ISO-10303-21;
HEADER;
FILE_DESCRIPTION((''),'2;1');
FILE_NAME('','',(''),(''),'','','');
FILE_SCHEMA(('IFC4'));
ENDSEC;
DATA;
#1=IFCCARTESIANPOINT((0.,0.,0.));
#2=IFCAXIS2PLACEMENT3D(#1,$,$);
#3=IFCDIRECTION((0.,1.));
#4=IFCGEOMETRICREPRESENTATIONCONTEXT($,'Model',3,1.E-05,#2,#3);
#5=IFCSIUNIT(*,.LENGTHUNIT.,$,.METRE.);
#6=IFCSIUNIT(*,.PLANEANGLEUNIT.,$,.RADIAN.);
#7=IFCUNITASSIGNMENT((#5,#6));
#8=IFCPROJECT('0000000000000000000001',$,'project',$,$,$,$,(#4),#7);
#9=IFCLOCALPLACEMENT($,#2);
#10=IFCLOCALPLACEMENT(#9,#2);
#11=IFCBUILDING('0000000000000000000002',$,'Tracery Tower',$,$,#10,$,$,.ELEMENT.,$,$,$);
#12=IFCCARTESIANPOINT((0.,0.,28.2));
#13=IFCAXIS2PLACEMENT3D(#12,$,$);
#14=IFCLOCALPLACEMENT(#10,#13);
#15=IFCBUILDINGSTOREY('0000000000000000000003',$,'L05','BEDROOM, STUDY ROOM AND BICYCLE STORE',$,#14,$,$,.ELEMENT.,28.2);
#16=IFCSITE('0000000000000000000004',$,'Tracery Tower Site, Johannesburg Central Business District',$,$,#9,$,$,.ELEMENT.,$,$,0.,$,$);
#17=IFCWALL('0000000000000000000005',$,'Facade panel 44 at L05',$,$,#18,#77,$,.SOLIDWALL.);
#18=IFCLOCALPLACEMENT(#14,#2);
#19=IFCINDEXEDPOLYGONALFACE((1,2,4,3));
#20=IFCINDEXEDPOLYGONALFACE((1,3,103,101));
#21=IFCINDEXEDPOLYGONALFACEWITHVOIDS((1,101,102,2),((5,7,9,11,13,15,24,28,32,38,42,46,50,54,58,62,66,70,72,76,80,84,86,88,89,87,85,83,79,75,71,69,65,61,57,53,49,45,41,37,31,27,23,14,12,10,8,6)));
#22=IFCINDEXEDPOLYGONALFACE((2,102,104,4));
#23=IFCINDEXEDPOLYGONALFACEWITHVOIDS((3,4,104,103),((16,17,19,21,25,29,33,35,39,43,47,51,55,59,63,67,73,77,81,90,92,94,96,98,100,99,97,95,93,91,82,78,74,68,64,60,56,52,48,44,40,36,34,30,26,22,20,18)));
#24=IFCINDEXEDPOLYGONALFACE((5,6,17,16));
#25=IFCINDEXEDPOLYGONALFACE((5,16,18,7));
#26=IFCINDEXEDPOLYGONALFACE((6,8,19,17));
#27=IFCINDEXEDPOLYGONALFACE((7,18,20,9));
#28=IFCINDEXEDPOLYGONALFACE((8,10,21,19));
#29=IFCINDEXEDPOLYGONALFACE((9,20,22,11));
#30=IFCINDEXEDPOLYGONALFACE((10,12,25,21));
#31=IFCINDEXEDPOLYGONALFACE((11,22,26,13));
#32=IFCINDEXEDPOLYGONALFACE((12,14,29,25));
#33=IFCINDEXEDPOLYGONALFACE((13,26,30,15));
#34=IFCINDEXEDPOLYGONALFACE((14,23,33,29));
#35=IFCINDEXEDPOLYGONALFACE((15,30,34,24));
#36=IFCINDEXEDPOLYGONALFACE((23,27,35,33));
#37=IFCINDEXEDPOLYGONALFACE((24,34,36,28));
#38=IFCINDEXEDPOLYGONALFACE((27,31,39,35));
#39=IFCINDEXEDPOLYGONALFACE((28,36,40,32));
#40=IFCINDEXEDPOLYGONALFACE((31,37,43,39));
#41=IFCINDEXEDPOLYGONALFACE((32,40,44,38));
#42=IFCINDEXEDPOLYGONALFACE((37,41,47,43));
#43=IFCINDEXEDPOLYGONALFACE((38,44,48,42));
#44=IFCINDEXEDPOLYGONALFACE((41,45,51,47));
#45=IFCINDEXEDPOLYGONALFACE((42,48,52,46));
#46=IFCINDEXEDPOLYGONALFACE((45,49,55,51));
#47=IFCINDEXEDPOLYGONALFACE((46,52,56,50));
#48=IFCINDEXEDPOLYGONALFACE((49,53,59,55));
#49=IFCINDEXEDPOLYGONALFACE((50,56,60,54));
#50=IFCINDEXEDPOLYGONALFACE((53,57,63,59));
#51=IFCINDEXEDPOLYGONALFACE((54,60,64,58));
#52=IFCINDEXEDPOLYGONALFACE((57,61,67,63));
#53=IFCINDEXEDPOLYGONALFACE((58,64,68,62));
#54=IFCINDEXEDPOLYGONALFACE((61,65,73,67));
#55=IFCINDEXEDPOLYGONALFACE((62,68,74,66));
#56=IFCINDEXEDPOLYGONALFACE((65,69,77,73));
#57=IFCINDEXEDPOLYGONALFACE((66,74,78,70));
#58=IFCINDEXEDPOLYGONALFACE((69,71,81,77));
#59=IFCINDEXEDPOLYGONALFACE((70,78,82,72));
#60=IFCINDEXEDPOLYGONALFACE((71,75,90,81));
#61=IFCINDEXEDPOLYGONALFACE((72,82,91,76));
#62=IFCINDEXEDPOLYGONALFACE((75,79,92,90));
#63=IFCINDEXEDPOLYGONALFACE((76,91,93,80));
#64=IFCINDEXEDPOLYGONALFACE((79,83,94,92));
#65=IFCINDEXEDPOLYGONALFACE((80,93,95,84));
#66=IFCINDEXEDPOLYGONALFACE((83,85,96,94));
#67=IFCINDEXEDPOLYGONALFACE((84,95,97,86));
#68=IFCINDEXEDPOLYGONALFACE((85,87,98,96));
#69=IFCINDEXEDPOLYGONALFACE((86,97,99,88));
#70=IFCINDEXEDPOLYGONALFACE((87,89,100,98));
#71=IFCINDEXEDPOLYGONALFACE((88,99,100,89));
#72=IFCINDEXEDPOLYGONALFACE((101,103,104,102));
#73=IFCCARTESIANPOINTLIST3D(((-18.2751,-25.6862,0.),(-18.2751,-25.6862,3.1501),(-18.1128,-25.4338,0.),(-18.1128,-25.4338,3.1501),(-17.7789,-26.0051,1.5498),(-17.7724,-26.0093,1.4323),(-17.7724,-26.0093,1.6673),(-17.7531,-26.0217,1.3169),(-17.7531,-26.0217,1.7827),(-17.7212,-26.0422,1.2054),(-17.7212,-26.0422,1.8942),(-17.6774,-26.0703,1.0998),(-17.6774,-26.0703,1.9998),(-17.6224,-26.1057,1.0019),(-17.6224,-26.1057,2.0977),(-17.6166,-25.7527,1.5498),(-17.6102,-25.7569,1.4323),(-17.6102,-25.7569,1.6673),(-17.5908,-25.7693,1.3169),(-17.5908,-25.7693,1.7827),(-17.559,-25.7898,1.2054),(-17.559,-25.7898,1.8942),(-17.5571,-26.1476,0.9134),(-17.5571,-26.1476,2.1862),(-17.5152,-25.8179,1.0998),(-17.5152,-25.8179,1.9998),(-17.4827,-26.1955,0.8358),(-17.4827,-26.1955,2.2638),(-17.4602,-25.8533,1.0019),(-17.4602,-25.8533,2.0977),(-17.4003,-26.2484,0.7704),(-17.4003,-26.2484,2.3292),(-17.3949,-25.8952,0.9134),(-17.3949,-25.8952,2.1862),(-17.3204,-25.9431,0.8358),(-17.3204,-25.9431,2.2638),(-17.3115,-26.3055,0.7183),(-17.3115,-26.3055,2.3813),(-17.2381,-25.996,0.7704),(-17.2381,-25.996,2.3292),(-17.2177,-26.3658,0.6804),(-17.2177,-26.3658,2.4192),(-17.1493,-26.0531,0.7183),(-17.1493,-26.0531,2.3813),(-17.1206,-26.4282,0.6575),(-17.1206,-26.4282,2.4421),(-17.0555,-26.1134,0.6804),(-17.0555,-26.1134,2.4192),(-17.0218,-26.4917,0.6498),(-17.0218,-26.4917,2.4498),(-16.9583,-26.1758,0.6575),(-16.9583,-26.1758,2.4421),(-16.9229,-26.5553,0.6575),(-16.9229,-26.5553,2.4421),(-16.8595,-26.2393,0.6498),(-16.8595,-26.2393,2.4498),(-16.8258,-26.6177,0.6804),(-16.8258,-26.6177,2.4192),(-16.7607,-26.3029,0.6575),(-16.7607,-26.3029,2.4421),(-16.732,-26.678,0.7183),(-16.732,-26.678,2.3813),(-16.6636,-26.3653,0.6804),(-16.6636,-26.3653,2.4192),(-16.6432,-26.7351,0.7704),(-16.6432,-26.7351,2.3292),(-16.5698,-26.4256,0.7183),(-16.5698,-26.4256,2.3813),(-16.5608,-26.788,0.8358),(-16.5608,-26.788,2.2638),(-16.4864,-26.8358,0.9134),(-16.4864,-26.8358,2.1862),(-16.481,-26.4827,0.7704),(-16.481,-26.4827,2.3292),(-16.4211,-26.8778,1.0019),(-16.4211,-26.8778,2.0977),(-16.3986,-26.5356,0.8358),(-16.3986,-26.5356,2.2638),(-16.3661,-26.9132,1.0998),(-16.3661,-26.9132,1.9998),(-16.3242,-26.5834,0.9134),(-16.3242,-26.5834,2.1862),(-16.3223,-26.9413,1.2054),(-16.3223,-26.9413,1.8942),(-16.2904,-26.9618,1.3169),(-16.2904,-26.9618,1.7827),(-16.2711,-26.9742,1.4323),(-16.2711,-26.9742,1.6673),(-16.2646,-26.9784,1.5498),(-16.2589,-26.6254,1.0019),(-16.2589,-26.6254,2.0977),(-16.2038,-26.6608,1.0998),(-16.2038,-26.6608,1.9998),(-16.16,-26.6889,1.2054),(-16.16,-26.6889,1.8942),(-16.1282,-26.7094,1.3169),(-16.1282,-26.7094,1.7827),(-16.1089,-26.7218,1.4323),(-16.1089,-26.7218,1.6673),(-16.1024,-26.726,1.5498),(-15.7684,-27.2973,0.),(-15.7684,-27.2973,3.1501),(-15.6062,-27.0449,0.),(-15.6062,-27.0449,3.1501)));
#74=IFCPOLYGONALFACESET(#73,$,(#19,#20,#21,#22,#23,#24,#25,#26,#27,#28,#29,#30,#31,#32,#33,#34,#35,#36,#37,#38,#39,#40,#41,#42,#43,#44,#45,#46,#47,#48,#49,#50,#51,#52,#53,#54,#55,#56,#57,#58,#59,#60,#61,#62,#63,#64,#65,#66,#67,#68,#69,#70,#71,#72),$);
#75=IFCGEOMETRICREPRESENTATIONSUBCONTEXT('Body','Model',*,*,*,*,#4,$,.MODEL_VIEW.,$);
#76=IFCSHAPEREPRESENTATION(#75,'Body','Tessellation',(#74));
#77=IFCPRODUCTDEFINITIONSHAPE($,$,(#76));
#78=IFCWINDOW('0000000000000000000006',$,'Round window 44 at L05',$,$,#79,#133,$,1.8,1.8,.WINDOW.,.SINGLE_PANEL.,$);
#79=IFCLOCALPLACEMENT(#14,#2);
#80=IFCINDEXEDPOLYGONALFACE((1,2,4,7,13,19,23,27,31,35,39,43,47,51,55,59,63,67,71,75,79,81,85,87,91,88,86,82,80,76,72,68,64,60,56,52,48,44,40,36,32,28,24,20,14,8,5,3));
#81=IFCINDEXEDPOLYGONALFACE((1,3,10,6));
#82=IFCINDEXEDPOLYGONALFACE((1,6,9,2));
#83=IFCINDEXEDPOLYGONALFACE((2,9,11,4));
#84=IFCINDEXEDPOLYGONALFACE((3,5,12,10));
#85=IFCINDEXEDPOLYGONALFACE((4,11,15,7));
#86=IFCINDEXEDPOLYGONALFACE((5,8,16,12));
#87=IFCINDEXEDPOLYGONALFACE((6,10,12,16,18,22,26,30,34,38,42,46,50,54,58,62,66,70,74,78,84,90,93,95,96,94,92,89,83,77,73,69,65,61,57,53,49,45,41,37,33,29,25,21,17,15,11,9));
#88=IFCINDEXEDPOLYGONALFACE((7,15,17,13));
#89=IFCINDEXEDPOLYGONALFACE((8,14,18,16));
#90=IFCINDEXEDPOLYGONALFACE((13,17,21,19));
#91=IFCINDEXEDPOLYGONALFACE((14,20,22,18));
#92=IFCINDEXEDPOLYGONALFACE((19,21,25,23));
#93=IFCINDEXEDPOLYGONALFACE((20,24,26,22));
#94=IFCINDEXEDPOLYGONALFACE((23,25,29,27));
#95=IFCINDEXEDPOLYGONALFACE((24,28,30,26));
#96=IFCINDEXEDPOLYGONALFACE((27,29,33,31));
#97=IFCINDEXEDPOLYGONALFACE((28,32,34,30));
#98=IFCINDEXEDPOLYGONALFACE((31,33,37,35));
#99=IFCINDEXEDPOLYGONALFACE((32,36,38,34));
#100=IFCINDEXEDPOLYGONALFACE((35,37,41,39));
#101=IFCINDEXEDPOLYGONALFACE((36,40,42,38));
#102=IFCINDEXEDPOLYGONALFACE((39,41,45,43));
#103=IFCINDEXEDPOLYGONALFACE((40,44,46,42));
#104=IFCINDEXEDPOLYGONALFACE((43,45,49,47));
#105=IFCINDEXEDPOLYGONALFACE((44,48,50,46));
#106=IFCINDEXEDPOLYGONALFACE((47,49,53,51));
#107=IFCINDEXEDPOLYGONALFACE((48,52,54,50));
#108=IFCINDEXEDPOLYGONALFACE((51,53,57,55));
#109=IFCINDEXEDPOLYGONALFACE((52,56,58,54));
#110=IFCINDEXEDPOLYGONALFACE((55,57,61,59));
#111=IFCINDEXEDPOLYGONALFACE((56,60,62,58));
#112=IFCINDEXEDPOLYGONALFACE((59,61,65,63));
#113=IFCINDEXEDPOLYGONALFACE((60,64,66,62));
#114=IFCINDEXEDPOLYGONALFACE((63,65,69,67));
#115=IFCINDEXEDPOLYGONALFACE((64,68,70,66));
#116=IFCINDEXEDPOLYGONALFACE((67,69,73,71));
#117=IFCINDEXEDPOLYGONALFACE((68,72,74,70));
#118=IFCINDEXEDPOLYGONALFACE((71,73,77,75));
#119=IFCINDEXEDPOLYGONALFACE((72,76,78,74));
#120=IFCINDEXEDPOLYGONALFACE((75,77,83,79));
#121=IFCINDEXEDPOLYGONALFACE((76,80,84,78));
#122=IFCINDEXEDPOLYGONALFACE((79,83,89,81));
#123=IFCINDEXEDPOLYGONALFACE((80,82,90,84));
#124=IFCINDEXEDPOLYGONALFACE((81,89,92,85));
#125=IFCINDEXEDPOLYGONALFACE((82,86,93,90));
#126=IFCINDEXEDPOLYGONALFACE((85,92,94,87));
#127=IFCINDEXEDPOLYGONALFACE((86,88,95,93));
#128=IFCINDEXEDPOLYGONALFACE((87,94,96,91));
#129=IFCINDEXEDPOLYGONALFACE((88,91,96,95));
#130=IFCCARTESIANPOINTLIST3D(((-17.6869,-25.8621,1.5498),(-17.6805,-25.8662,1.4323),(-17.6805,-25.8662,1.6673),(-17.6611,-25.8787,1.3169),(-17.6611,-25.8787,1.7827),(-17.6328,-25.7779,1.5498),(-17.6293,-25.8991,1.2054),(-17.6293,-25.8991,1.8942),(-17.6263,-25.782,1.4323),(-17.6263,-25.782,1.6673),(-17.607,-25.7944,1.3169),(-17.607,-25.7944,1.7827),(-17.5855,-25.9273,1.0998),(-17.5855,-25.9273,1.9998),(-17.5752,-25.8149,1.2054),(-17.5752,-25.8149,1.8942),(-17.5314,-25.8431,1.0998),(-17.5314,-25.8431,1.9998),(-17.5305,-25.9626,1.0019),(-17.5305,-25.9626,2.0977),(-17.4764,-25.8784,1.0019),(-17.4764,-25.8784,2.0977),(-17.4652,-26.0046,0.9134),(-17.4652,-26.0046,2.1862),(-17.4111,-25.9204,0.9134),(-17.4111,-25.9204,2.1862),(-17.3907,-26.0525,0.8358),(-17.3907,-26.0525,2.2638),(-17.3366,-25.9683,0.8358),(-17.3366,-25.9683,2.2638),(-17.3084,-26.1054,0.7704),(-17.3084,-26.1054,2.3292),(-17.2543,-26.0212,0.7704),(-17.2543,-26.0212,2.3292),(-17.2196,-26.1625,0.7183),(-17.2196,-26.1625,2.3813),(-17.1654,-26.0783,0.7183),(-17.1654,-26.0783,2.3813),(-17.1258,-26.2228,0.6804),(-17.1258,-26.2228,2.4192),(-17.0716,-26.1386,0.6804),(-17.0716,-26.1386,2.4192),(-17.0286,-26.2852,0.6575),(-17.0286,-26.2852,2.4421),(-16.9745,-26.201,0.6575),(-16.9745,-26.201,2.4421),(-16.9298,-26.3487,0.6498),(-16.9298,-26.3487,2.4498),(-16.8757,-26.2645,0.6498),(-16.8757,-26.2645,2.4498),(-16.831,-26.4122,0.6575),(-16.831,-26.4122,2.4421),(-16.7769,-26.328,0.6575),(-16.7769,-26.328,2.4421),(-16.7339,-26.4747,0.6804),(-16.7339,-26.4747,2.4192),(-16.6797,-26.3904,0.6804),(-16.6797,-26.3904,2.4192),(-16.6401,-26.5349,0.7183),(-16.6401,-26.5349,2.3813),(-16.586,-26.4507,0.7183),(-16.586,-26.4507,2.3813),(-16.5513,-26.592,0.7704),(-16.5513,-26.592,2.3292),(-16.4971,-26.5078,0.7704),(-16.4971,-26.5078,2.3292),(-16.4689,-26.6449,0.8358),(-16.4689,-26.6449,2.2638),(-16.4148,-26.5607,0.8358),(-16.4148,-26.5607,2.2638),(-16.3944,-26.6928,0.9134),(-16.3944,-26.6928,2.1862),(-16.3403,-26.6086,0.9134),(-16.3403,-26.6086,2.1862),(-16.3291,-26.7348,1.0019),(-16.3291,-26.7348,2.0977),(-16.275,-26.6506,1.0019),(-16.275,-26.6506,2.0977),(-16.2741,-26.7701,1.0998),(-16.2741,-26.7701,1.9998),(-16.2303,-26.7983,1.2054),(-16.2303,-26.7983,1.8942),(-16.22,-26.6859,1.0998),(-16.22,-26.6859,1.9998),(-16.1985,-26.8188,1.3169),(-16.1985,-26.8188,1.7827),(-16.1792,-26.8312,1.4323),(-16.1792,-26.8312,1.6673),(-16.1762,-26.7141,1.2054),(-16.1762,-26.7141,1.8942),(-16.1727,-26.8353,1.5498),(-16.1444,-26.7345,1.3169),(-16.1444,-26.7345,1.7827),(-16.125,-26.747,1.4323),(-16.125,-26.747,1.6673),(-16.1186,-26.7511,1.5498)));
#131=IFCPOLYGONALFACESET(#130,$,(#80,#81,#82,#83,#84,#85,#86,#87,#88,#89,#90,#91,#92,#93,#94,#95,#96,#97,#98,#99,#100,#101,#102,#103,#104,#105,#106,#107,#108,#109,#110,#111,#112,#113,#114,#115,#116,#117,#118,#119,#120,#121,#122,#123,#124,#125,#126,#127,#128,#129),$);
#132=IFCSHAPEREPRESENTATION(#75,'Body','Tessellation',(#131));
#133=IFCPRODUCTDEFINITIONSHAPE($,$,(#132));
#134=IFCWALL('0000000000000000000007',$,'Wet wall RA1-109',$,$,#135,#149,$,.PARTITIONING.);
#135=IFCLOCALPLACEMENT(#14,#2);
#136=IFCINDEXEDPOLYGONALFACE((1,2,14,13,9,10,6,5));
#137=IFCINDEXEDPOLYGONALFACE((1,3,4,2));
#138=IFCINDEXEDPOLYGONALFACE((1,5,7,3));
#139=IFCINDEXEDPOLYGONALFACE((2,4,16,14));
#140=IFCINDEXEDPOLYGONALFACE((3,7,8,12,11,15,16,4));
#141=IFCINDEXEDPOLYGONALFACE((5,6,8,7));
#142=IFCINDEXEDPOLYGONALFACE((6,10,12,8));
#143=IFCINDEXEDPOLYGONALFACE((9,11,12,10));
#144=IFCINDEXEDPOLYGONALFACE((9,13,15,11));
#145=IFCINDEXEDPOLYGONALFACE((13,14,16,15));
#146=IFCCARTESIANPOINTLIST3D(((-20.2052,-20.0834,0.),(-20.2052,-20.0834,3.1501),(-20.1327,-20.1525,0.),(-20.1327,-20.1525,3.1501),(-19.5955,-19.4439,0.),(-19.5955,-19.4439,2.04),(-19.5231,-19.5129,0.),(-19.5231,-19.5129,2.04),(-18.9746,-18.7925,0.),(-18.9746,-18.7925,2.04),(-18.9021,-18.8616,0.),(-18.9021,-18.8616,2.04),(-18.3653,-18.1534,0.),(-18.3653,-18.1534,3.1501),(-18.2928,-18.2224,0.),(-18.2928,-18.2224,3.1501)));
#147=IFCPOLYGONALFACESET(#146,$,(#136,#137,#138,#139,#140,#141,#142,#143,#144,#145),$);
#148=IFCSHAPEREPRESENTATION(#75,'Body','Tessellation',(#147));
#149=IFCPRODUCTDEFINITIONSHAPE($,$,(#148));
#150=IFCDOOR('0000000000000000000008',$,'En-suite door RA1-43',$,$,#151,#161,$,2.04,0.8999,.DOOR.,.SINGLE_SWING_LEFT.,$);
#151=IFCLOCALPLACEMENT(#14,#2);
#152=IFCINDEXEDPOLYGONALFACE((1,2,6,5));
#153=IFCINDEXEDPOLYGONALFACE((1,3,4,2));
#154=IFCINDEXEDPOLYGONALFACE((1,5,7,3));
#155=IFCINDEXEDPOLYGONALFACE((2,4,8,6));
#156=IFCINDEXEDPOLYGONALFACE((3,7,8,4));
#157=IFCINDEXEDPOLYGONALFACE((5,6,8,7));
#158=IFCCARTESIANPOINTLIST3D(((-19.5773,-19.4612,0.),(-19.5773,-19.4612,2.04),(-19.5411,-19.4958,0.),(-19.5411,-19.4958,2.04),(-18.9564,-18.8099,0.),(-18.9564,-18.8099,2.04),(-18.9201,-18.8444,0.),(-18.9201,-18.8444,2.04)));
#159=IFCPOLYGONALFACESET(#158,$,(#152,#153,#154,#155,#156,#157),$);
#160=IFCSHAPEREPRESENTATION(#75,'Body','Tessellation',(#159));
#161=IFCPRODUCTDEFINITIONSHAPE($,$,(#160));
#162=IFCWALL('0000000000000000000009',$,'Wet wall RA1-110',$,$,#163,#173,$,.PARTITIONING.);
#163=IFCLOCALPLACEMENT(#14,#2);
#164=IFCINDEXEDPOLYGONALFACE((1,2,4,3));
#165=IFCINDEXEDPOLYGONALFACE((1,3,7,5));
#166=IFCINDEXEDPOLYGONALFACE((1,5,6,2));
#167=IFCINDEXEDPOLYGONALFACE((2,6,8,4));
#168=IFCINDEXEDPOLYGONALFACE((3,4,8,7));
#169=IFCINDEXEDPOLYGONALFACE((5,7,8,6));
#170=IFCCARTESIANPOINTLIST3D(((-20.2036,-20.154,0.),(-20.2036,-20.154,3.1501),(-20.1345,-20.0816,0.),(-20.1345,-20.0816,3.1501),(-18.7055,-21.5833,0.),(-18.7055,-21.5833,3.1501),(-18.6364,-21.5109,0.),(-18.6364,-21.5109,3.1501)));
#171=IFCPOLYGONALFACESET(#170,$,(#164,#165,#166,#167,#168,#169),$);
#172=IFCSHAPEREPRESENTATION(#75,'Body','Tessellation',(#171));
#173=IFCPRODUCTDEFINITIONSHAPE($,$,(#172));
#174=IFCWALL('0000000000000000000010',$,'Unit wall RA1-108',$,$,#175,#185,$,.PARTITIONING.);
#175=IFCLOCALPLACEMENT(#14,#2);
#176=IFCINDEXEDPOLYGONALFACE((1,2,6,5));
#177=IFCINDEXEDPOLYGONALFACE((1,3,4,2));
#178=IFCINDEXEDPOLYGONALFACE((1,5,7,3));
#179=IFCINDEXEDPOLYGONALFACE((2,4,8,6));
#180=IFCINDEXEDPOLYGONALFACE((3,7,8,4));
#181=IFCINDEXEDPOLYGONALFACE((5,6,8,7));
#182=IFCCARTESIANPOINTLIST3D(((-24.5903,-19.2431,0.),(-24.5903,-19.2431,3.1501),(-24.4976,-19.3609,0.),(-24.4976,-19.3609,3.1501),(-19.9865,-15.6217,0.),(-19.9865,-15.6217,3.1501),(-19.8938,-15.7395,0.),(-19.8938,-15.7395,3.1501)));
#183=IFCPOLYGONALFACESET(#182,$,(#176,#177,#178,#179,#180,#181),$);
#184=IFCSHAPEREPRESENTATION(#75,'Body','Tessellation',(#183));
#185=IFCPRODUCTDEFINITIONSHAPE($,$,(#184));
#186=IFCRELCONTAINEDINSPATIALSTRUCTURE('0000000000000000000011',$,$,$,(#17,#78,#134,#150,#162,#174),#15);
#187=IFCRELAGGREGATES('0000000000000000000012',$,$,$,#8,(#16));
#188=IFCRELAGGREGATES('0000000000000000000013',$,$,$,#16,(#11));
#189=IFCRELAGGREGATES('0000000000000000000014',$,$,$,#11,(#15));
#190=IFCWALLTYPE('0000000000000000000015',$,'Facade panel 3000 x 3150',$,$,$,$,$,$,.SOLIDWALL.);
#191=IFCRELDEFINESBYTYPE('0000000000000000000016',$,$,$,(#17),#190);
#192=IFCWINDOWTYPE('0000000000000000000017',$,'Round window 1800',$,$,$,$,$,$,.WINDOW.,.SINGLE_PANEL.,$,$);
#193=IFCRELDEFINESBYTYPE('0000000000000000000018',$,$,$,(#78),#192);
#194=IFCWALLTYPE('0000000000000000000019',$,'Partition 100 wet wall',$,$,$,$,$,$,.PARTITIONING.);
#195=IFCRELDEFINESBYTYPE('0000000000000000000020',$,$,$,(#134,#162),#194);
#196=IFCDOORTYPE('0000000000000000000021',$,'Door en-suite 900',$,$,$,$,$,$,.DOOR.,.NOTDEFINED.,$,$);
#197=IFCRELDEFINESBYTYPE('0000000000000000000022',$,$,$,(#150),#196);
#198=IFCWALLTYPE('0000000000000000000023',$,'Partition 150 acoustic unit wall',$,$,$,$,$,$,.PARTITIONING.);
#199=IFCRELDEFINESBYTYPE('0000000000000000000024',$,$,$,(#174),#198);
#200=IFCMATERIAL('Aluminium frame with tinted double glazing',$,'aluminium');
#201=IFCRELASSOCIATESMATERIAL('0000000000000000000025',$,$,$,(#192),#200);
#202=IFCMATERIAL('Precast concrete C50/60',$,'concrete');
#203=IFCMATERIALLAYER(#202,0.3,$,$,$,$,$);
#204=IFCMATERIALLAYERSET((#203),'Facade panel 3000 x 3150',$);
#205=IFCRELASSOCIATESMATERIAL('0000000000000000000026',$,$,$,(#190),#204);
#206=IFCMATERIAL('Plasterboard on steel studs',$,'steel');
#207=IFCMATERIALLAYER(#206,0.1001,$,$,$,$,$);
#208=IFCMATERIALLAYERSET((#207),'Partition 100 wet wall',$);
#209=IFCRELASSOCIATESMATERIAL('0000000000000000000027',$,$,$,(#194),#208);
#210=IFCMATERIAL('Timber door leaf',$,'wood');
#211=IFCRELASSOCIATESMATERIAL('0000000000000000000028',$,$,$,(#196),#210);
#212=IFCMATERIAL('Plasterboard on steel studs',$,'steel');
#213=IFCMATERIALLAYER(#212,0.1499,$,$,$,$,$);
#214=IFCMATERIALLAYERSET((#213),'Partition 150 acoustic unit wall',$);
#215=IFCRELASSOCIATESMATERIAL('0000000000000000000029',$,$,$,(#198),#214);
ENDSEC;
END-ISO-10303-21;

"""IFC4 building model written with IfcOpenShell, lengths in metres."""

from ifc_helpers import new_model, si_unit, direction, frame, frame_2d, origin, origin_2d, place, context, subcontext, project, spatial, rectangle, circle, extrude, material, layer, layer_set, type_object, element, fill, save


model = new_model("IFC4")

# Units and contexts
model_context = context("Model", 3, precision=1e-05, world=origin(), true_north=direction((0.0, 1.0)))
body_context = subcontext(model_context, "Body", "Model", "MODEL_VIEW")
ifc_project = project(units=[si_unit("LENGTHUNIT", "METRE"), si_unit("PLANEANGLEUNIT", "RADIAN")], contexts=[model_context])

# Site, building, storey
site_placement = place(None, origin())
site = spatial("IfcSite", under=ifc_project, at=site_placement, Name="Tracery Tower Site, Johannesburg Central Business District", CompositionType="ELEMENT", RefElevation=0.0)
building_placement = place(site_placement, origin())
building = spatial("IfcBuilding", under=site, at=building_placement, Name="Tracery Tower", CompositionType="ELEMENT")
storey_placement = place(building_placement, frame((0.0, 0.0, 28.2)))
storey = spatial("IfcBuildingStorey", under=building, at=storey_placement, Name="L05", Description="BEDROOM, STUDY ROOM AND BICYCLE STORE", CompositionType="ELEMENT", Elevation=28.2)

# Wall, opening, window
ifc_material_1 = material(Name="Aluminium frame with tinted double glazing", Category="aluminium")
window_type = type_object("IfcWindowType", Name="Round window 1800", PartitioningType="SINGLE_PANEL", PredefinedType="WINDOW", material=ifc_material_1)
ifc_material_2 = material(Name="Precast concrete C50/60", Category="concrete")
ifc_layer_1 = layer(ifc_material_2, 0.3)
ifc_layer_set_1 = layer_set([ifc_layer_1], Name="Facade panel 3000 x 3150")
wall_type_1 = type_object("IfcWallType", Name="Facade panel 3000 x 3150", PredefinedType="SOLIDWALL", material=ifc_layer_set_1)
wall_1_placement = place(storey_placement, frame((-18.1938, -25.5601, 0.0), z_axis=(0.0, 0.0, 1.0), x_axis=(0.841224, -0.540687, 0.0)))
wall_1 = element("IfcWall", 1, at=wall_1_placement, inside=storey, type_object=wall_type_1, Name="Facade panel 44 at L05", PredefinedType="SOLIDWALL", context=body_context, shape_type="SweptSolid", body=[
    extrude(rectangle(XDim=2.9797, YDim=0.3, at=frame_2d((1.4897, 0.0))), origin(), (0.0, 0.0, 1.0), 3.1501),
])
opening_1_placement = place(wall_1_placement, frame((1.4897, 0.0, 1.5498)))
opening_1 = element("IfcOpeningElement", 2, at=opening_1_placement, cuts=wall_1, PredefinedType="OPENING", context=body_context, shape_type="SweptSolid", body=[
    extrude(circle(Radius=0.9, at=origin_2d()), frame((0.0, 0.1599, 0.0), z_axis=(0.0, -1.0, 0.0), x_axis=(1.0, 0.0, 0.0)), (0.0, 0.0, 1.0), 0.3201),
])
window_1_placement = place(opening_1_placement, origin())
window_1 = element("IfcWindow", 3, at=window_1_placement, inside=storey, type_object=window_type, Name="Round window 44 at L05", OverallHeight=1.8, OverallWidth=1.8, PartitioningType="SINGLE_PANEL", PredefinedType="WINDOW", context=body_context, shape_type="SweptSolid", body=[
    extrude(circle(Radius=0.9, at=origin_2d()), frame((0.0, 0.1201, 0.0), z_axis=(0.0, -1.0, 0.0), x_axis=(1.0, 0.0, 0.0)), (0.0, 0.0, 1.0), 0.1001),
])
fill(opening_1, window_1)

# Wall, opening, door
ifc_material_3 = material(Name="Plasterboard on steel studs", Category="steel")
ifc_layer_2 = layer(ifc_material_3, 0.1001)
ifc_layer_set_2 = layer_set([ifc_layer_2], Name="Partition 100 wet wall")
wall_type_2 = type_object("IfcWallType", Name="Partition 100 wet wall", PredefinedType="PARTITIONING", material=ifc_layer_set_2)
wall_2_placement = place(storey_placement, frame((-20.1689, -20.1179, 0.0), z_axis=(0.0, 0.0, 1.0), x_axis=(0.690012, 0.723798, 0.0)))
wall_2 = element("IfcWall", 4, at=wall_2_placement, inside=storey, type_object=wall_type_2, Name="Wet wall RA1-109", PredefinedType="PARTITIONING", context=body_context, shape_type="SweptSolid", body=[
    extrude(rectangle(XDim=2.6665, YDim=0.1001, at=frame_2d((1.3333, 0.0))), origin(), (0.0, 0.0, 1.0), 3.1501),
])
opening_2_placement = place(wall_2_placement, frame((0.8835, 0.0, 0.0)))
opening_2 = element("IfcOpeningElement", 5, at=opening_2_placement, cuts=wall_2, PredefinedType="OPENING", context=body_context, shape_type="SweptSolid", body=[
    extrude(rectangle(XDim=0.8999, YDim=2.04, at=frame_2d((0.45, 1.02))), frame((0.0, 0.05, 0.0), z_axis=(0.0, -1.0, 0.0), x_axis=(1.0, 0.0, 0.0)), (0.0, 0.0, 1.0), 0.1001),
])
ifc_material_4 = material(Name="Timber door leaf", Category="wood")
door_type_1 = type_object("IfcDoorType", Name="Door en-suite 900", OperationType="NOTDEFINED", PredefinedType="DOOR", material=ifc_material_4)
door_1_placement = place(opening_2_placement, origin())
door_1 = element("IfcDoor", 6, at=door_1_placement, inside=storey, type_object=door_type_1, Name="En-suite door RA1-43", OperationType="SINGLE_SWING_LEFT", OverallHeight=2.04, OverallWidth=0.8999, PredefinedType="DOOR", context=body_context, shape_type="SweptSolid", body=[
    extrude(rectangle(XDim=0.8999, YDim=2.04, at=frame_2d((0.45, 1.02))), frame((0.0, 0.0249, 0.0), z_axis=(0.0, -1.0, 0.0), x_axis=(1.0, 0.0, 0.0)), (0.0, 0.0, 1.0), 0.05),
])
fill(opening_2, door_1)

# Walls
wall_3_placement = place(storey_placement, frame((-20.1689, -20.1179, 0.0), z_axis=(0.0, 0.0, 1.0), x_axis=(0.723538, -0.690285, 0.0)))
element("IfcWall", 7, at=wall_3_placement, inside=storey, type_object=wall_type_2, Name="Wet wall RA1-110", PredefinedType="PARTITIONING", context=body_context, shape_type="SweptSolid", body=[
    extrude(rectangle(XDim=2.0706, YDim=0.1001, at=frame_2d((1.0352, 0.0))), origin(), (0.0, 0.0, 1.0), 3.1501),
])
ifc_material_5 = material(Name="Plasterboard on steel studs", Category="steel")
ifc_layer_3 = layer(ifc_material_5, 0.1499)
ifc_layer_set_3 = layer_set([ifc_layer_3], Name="Partition 150 acoustic unit wall")
wall_type_3 = type_object("IfcWallType", Name="Partition 150 acoustic unit wall", PredefinedType="PARTITIONING", material=ifc_layer_set_3)
wall_4_placement = place(storey_placement, frame((-24.5439, -19.302, 0.0), z_axis=(0.0, 0.0, 1.0), x_axis=(0.785978, 0.618254, 0.0)))
element("IfcWall", 8, at=wall_4_placement, inside=storey, type_object=wall_type_3, Name="Unit wall RA1-108", PredefinedType="PARTITIONING", context=body_context, shape_type="SweptSolid", body=[
    extrude(rectangle(XDim=5.8574, YDim=0.1499, at=frame_2d((2.9287, 0.0))), origin(), (0.0, 0.0, 1.0), 3.1501),
])

save(model, "model.ifc")
